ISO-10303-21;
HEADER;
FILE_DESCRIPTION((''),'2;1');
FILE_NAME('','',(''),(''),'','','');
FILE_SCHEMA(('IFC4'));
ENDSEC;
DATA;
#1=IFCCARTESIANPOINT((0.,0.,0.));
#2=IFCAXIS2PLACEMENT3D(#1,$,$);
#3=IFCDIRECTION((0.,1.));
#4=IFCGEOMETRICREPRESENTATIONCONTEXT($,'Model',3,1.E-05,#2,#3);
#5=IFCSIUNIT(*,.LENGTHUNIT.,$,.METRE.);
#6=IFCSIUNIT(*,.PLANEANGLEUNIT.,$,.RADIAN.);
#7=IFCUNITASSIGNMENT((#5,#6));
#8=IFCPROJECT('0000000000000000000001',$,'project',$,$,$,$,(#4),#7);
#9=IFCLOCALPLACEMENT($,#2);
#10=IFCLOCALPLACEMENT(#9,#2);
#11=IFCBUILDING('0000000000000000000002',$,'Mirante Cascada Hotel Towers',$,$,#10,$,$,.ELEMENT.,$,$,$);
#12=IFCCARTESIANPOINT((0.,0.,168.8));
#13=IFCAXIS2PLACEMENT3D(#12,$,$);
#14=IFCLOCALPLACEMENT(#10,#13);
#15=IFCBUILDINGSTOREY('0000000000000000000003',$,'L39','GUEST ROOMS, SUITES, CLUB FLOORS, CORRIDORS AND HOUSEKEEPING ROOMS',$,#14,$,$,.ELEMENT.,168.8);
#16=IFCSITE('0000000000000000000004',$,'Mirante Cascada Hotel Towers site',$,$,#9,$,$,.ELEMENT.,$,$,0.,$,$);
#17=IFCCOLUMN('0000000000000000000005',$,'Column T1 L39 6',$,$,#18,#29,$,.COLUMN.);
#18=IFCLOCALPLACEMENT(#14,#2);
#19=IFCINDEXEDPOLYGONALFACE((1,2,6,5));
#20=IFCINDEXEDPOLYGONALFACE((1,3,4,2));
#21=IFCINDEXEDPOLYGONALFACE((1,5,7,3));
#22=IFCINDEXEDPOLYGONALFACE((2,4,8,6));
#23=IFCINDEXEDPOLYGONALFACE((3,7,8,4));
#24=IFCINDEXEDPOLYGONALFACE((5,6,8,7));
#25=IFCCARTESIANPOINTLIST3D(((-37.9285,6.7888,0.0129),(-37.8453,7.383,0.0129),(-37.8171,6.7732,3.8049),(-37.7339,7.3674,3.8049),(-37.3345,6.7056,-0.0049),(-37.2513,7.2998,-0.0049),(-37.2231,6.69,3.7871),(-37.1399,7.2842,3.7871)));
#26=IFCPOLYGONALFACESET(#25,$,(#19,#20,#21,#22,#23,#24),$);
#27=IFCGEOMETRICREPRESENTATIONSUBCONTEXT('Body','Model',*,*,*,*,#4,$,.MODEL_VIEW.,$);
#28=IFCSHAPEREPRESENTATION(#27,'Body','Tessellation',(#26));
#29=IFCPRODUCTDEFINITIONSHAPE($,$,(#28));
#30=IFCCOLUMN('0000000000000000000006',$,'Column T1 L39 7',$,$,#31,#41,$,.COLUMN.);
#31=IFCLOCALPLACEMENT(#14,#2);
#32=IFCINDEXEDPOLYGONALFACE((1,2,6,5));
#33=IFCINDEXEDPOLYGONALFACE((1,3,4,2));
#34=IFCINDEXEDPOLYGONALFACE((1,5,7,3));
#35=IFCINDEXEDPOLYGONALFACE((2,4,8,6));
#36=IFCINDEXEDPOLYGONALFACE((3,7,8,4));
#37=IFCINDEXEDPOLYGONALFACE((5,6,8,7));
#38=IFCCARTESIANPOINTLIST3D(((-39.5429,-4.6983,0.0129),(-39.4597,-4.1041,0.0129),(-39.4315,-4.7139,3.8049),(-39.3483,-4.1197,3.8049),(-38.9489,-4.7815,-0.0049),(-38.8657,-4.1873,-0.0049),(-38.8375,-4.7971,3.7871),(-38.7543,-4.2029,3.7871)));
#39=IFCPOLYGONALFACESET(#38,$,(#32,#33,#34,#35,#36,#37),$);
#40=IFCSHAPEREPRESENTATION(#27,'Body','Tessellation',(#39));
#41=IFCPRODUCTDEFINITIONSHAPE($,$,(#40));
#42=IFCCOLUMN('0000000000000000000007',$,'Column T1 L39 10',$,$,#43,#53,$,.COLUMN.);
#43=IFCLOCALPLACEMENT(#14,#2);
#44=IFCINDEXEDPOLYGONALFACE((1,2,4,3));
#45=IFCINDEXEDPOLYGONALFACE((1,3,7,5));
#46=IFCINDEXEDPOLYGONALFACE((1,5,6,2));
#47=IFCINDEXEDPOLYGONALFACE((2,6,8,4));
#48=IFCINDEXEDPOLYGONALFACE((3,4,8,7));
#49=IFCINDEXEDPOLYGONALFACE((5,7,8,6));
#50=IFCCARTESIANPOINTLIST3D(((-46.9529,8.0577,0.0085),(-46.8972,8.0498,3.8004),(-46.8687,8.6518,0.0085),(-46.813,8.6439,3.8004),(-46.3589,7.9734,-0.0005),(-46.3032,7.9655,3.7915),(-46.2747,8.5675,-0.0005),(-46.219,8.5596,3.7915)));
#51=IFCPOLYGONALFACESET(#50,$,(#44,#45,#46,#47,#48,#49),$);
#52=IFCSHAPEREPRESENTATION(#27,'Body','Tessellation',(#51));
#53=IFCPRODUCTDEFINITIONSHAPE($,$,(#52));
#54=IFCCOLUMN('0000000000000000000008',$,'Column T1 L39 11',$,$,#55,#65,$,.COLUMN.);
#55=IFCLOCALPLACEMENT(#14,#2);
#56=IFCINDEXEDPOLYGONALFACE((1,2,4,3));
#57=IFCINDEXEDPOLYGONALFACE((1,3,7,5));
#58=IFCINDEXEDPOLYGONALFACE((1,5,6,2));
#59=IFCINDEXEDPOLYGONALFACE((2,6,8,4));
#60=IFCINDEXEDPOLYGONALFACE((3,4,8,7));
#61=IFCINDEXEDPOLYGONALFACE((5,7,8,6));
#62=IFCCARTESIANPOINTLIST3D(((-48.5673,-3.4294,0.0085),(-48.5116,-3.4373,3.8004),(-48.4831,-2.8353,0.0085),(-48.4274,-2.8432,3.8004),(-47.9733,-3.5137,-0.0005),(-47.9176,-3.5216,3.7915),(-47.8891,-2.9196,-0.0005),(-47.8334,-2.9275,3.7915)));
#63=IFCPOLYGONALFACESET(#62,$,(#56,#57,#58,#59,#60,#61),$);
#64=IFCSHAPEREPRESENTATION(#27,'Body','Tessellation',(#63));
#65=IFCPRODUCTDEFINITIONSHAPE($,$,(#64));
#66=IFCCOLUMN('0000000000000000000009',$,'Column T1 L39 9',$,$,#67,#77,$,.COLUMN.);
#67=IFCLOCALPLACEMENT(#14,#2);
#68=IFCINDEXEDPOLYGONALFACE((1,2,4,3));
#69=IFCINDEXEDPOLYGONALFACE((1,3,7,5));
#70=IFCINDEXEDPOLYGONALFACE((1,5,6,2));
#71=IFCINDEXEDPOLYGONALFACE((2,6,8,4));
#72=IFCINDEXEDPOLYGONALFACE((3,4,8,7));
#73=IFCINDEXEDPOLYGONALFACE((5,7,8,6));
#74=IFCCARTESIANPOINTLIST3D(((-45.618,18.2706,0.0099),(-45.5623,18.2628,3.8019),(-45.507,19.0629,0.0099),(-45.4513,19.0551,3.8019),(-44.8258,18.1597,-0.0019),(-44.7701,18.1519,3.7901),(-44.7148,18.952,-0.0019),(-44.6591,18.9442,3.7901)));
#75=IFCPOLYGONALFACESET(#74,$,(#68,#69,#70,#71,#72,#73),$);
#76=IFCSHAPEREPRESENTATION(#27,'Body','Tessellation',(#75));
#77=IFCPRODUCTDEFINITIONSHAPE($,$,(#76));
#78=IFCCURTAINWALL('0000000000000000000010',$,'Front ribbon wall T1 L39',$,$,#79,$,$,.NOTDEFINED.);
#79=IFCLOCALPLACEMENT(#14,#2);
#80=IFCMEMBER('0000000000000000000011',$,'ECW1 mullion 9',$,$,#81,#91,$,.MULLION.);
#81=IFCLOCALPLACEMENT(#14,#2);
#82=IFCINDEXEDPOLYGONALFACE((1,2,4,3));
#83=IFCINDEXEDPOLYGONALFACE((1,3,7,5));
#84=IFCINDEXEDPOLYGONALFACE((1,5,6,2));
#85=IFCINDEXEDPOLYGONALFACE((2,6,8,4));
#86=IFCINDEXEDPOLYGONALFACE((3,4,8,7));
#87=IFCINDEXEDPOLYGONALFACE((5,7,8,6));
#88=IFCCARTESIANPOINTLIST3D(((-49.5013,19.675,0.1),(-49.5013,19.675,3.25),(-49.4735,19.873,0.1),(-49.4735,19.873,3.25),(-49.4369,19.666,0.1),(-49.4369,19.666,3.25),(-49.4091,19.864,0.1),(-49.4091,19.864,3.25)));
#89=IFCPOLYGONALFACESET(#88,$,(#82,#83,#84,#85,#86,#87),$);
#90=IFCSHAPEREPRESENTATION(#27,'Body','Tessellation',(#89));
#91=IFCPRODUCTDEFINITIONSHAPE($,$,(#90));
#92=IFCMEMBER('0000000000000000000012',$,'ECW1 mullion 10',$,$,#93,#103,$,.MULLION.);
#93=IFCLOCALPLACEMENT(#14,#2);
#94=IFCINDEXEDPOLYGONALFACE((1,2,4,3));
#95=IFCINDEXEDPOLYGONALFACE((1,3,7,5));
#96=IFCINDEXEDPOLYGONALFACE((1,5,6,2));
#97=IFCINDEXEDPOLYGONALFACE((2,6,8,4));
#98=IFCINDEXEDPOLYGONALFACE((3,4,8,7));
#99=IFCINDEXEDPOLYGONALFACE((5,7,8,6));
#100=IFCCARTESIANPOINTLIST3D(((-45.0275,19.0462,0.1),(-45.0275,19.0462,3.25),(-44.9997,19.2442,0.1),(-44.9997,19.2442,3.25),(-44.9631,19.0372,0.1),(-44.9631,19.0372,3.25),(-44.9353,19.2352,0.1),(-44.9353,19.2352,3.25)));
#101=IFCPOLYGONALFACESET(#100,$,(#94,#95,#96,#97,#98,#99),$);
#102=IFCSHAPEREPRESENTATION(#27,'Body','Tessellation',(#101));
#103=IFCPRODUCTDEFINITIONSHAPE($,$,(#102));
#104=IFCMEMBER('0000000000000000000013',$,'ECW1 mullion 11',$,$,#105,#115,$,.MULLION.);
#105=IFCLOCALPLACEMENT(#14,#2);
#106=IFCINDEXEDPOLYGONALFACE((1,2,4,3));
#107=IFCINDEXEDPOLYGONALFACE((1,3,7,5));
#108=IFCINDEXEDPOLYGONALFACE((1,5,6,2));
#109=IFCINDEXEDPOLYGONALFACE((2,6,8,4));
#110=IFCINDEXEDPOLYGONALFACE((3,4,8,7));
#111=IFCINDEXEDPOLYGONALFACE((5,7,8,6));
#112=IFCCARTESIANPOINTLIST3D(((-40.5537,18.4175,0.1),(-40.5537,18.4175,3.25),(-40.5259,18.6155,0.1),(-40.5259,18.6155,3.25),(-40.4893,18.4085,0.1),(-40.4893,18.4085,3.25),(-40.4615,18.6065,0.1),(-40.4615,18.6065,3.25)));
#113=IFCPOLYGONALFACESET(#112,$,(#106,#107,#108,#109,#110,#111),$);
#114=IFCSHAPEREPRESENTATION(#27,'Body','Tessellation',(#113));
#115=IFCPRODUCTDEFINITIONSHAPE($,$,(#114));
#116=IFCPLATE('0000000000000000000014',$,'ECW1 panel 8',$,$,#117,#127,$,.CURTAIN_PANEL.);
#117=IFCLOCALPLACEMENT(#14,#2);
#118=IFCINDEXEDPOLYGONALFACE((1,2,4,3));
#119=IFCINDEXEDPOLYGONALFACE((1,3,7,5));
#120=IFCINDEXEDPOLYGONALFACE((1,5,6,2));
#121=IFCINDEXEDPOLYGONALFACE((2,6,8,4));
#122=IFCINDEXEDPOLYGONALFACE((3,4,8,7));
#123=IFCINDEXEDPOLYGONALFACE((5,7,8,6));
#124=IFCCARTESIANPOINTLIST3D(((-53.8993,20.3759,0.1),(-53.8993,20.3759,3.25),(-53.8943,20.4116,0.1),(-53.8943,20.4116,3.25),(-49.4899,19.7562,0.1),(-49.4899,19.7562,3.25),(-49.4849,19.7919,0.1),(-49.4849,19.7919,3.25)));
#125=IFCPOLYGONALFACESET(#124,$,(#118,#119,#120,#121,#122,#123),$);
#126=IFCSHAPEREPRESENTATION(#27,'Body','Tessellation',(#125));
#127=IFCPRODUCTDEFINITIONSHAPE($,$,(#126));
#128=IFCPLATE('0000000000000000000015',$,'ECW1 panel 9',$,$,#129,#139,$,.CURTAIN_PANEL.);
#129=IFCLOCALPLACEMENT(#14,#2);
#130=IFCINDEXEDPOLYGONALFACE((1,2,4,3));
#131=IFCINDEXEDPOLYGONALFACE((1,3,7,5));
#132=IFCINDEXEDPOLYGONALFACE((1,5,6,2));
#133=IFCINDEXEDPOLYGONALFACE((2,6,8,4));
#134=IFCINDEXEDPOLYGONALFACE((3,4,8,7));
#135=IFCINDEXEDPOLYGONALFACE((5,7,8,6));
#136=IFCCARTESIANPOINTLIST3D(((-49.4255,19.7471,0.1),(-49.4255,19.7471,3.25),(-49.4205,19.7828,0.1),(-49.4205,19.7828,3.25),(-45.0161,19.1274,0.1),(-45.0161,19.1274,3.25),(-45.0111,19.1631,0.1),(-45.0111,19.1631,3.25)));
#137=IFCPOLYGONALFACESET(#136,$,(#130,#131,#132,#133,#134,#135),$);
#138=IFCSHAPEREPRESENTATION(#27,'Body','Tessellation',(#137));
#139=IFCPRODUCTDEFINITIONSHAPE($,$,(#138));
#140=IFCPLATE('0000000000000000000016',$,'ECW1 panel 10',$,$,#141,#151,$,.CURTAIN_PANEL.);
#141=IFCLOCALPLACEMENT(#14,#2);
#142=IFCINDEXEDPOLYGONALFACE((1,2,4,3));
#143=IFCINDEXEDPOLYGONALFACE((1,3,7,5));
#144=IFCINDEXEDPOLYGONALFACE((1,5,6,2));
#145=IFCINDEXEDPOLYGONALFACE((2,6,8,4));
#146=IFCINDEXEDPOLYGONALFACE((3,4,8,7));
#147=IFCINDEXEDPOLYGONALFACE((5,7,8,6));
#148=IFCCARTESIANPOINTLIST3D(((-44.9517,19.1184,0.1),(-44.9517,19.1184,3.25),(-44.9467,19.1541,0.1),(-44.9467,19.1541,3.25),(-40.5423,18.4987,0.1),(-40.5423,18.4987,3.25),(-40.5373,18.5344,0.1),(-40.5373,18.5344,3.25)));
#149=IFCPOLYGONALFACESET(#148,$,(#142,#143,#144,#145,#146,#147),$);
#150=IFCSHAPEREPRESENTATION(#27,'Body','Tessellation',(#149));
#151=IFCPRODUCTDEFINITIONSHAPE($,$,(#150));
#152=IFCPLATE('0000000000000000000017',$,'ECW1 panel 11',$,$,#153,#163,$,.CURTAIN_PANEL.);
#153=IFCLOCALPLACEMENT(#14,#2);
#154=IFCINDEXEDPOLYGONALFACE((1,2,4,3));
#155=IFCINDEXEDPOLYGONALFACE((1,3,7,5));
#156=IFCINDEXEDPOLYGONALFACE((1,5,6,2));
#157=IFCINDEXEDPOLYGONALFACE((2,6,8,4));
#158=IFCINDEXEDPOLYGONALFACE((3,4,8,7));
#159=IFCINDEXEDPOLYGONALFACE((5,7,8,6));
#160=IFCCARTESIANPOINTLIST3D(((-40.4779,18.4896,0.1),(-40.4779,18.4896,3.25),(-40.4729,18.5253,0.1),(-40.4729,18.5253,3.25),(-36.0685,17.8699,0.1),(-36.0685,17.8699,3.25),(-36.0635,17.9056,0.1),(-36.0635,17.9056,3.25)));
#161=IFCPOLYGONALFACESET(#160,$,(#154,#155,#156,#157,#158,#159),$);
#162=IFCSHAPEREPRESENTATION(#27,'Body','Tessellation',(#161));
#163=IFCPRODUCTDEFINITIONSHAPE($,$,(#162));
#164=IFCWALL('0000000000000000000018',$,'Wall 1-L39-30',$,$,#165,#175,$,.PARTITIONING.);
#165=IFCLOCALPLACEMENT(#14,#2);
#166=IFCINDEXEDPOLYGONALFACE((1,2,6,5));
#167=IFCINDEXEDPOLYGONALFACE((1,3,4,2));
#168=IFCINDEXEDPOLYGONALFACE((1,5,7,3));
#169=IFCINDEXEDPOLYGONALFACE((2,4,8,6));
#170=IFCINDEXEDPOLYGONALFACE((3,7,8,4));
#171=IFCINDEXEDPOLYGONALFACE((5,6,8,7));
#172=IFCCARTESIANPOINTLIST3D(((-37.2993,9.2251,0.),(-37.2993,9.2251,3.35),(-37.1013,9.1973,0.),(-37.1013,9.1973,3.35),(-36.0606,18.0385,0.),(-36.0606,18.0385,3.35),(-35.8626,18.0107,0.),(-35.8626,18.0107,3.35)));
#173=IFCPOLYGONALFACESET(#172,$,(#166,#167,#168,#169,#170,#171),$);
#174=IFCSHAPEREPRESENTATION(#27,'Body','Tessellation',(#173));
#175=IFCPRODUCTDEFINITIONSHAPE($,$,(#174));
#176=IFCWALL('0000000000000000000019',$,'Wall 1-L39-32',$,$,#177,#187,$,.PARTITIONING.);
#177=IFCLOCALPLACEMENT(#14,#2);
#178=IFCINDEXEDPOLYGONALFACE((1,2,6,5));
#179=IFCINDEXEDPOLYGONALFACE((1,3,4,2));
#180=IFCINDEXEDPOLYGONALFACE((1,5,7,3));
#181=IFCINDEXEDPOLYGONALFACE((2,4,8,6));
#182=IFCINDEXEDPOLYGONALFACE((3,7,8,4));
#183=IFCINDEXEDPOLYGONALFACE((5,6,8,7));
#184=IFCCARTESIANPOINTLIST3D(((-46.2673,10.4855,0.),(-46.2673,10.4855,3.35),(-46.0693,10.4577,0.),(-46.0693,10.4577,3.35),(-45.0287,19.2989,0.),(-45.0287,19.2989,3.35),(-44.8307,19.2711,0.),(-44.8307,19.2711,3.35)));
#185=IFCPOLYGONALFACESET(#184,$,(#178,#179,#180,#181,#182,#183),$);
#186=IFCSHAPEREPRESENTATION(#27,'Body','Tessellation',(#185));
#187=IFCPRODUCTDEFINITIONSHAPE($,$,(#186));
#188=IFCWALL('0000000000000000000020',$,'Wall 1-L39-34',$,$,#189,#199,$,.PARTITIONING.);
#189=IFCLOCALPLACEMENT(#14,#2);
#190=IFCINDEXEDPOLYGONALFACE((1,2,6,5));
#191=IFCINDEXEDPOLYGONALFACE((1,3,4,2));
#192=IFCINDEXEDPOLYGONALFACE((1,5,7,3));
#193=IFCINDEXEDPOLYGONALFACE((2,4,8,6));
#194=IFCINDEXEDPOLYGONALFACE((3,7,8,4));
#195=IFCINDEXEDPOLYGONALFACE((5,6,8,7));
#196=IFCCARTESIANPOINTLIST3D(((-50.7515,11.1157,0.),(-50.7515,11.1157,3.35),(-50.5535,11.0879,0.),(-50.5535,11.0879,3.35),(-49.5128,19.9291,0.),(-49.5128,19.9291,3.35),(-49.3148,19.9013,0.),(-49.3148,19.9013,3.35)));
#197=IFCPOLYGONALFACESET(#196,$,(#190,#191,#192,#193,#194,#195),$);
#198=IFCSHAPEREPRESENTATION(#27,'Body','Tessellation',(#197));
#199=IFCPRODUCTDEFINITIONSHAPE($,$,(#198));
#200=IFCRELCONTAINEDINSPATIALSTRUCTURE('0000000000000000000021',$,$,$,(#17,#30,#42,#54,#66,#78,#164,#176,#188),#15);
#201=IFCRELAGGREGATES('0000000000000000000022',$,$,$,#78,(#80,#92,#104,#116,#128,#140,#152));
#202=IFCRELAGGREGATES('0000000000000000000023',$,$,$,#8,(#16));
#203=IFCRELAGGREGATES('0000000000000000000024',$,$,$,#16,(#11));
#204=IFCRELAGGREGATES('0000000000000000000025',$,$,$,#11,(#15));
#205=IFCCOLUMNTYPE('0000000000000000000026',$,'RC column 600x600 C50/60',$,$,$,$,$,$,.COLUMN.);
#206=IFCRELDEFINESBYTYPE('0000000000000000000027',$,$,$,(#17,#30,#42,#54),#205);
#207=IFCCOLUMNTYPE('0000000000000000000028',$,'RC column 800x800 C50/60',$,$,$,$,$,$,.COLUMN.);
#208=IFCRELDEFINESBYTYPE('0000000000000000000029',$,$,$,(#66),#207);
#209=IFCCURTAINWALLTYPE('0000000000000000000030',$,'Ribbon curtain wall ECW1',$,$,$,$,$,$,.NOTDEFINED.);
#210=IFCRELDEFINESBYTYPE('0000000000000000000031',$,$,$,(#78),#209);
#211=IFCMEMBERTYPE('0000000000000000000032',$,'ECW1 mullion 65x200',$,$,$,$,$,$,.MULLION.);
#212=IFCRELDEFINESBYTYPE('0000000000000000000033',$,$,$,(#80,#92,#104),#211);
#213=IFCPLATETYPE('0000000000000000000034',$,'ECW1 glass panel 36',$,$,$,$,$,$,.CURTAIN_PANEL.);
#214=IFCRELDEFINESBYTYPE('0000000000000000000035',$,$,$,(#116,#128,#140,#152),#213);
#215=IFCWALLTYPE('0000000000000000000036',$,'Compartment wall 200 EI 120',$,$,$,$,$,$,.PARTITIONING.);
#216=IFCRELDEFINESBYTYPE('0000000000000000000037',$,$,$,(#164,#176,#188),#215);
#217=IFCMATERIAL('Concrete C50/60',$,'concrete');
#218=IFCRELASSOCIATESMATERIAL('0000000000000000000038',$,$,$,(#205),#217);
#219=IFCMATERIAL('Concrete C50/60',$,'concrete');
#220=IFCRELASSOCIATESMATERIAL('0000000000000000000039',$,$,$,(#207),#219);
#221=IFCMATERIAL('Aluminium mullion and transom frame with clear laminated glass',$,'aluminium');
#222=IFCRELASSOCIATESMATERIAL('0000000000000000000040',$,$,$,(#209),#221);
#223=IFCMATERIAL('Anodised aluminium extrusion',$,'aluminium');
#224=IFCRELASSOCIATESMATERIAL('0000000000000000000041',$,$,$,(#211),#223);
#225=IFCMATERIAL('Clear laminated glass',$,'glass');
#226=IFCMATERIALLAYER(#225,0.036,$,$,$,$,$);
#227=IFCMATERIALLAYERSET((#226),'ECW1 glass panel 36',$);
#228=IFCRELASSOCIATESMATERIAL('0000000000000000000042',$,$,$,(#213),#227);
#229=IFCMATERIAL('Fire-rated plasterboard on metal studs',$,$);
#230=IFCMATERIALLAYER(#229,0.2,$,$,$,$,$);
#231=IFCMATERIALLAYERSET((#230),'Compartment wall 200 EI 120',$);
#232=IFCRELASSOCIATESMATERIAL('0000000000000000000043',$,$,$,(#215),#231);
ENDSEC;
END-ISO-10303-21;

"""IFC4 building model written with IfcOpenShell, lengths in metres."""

from ifc_helpers import new_model, si_unit, direction, frame, frame_2d, origin, origin_2d, place, context, subcontext, project, spatial, rectangle, extrude, material, layer, layer_set, material_profile, profile_set, type_object, element, aggregate, save


model = new_model("IFC4")

# Units and contexts
model_context = context("Model", 3, precision=1e-05, world=origin(), true_north=direction((0.0, 1.0)))
body_context = subcontext(model_context, "Body", "Model", "MODEL_VIEW")
ifc_project = project(units=[si_unit("LENGTHUNIT", "METRE"), si_unit("PLANEANGLEUNIT", "RADIAN")], contexts=[model_context])

# Site, building, storey
site_placement = place(None, origin())
site = spatial("IfcSite", under=ifc_project, at=site_placement, Name="Mirante Cascada Hotel Towers site", CompositionType="ELEMENT", RefElevation=0.0)
building_placement = place(site_placement, origin())
building = spatial("IfcBuilding", under=site, at=building_placement, Name="Mirante Cascada Hotel Towers", CompositionType="ELEMENT")
storey_placement = place(building_placement, frame((0.0, 0.0, 168.8)))
storey = spatial("IfcBuildingStorey", under=building, at=storey_placement, Name="L39", Description="GUEST ROOMS, SUITES, CLUB FLOORS, CORRIDORS AND HOUSEKEEPING ROOMS", CompositionType="ELEMENT", Elevation=168.8)

# Columns
ifc_material_1 = material(Name="Concrete C50/60", Category="concrete")
ifc_material_profile_1 = material_profile(ifc_material_1, rectangle(XDim=0.6, YDim=0.6, at=origin_2d()), Name="RC column 600x600 C50/60")
ifc_profile_set_1 = profile_set([ifc_material_profile_1], Name="Concrete C50/60")
column_type_1 = type_object("IfcColumnType", Name="RC column 600x600 C50/60", PredefinedType="COLUMN", material=ifc_profile_set_1)
for number, where, z_axis, x_axis, name in (
    (1, (-37.5899, 7.0443, 0.004), (0.029365, -0.004112, 0.99956), (0.138683, 0.990337, 0.0), "Column T1 L39 6"),
    (2, (-39.2043, -4.4428, 0.004), (0.029365, -0.004112, 0.99956), (0.138683, 0.990337, 0.0), "Column T1 L39 7"),
):
    element("IfcColumn", number, at=place(storey_placement, frame(where, z_axis=z_axis, x_axis=x_axis)), inside=storey, type_object=column_type_1, Name=name, PredefinedType="COLUMN", context=body_context, shape_type="SweptSolid", body=[
        extrude(rectangle(XDim=0.6, YDim=0.6, at=origin_2d()), origin(), (0.0, 0.0, 1.0), 3.7937),
    ])
for number, where, z_axis, x_axis, name in (
    (3, (-46.6138, 8.3126, 0.004), (0.014687, -0.002083, 0.99989), (0.140426, 0.990091, 0.0), "Column T1 L39 10"),
    (4, (-48.2282, -3.1745, 0.004), (0.014687, -0.002083, 0.99989), (0.140426, 0.990091, 0.0), "Column T1 L39 11"),
):
    element("IfcColumn", number, at=place(storey_placement, frame(where, z_axis=z_axis, x_axis=x_axis)), inside=storey, type_object=column_type_1, Name=name, PredefinedType="COLUMN", context=body_context, shape_type="SweptSolid", body=[
        extrude(rectangle(XDim=0.6, YDim=0.6, at=origin_2d()), origin(), (0.0, 0.0, 1.0), 3.7924),
    ])
ifc_material_2 = material(Name="Concrete C50/60", Category="concrete")
ifc_material_profile_2 = material_profile(ifc_material_2, rectangle(XDim=0.8, YDim=0.8, at=origin_2d()), Name="RC column 800x800 C50/60")
ifc_profile_set_2 = profile_set([ifc_material_profile_2], Name="Concrete C50/60")
column_type_2 = type_object("IfcColumnType", Name="RC column 800x800 C50/60", PredefinedType="COLUMN", material=ifc_profile_set_2)
column_placement = place(storey_placement, frame((-45.1664, 18.6113, 0.004), z_axis=(0.014687, -0.002057, 0.99989), x_axis=(0.138683, 0.990337, 0.0)))
element("IfcColumn", 5, at=column_placement, inside=storey, type_object=column_type_2, Name="Column T1 L39 9", PredefinedType="COLUMN", context=body_context, shape_type="SweptSolid", body=[
    extrude(rectangle(XDim=0.8, YDim=0.8, at=origin_2d()), origin(), (0.0, 0.0, 1.0), 3.7924),
])

# Curtain wall, members, plates
ifc_material_3 = material(Name="Aluminium mullion and transom frame with clear laminated glass", Category="aluminium")
curtain_wall_type = type_object("IfcCurtainWallType", Name="Ribbon curtain wall ECW1", PredefinedType="NOTDEFINED", material=ifc_material_3)
curtain_wall_placement = place(storey_placement, origin())
curtain_wall = element("IfcCurtainWall", 6, at=curtain_wall_placement, inside=storey, type_object=curtain_wall_type, Name="Front ribbon wall T1 L39", PredefinedType="NOTDEFINED")
ifc_material_4 = material(Name="Anodised aluminium extrusion", Category="aluminium")
ifc_material_profile_3 = material_profile(ifc_material_4, rectangle(XDim=0.2, YDim=0.065, at=origin_2d()), Name="ECW1 MULLION 65x200")
ifc_profile_set_3 = profile_set([ifc_material_profile_3], Name="Anodised aluminium extrusion")
member_type = type_object("IfcMemberType", Name="ECW1 mullion 65x200", PredefinedType="MULLION", material=ifc_profile_set_3)
member_1_placement = place(storey_placement, frame((-49.4552, 19.7695, 0.1), z_axis=(0.0, 0.0, 1.0), x_axis=(0.139173, 0.990268, 0.0)))
member_1 = element("IfcMember", 7, at=member_1_placement, type_object=member_type, Name="ECW1 mullion 9", PredefinedType="MULLION", context=body_context, shape_type="SweptSolid", body=[
    extrude(rectangle(XDim=0.2, YDim=0.065, at=origin_2d()), origin(), (0.0, 0.0, 1.0), 3.15),
])
member_2_placement = place(storey_placement, frame((-44.9814, 19.1407, 0.1), z_axis=(0.0, 0.0, 1.0), x_axis=(0.139173, 0.990268, 0.0)))
member_2 = element("IfcMember", 8, at=member_2_placement, type_object=member_type, Name="ECW1 mullion 10", PredefinedType="MULLION", context=body_context, shape_type="SweptSolid", body=[
    extrude(rectangle(XDim=0.2, YDim=0.065, at=origin_2d()), origin(), (0.0, 0.0, 1.0), 3.15),
])
member_3_placement = place(storey_placement, frame((-40.5076, 18.512, 0.1), z_axis=(0.0, 0.0, 1.0), x_axis=(0.139173, 0.990268, 0.0)))
member_3 = element("IfcMember", 9, at=member_3_placement, type_object=member_type, Name="ECW1 mullion 11", PredefinedType="MULLION", context=body_context, shape_type="SweptSolid", body=[
    extrude(rectangle(XDim=0.2, YDim=0.065, at=origin_2d()), origin(), (0.0, 0.0, 1.0), 3.15),
])
ifc_material_5 = material(Name="Clear laminated glass", Category="glass")
ifc_layer_1 = layer(ifc_material_5, 0.036)
ifc_layer_set_1 = layer_set([ifc_layer_1], Name="ECW1 glass panel 36")
plate_type = type_object("IfcPlateType", Name="ECW1 glass panel 36", PredefinedType="CURTAIN_PANEL", material=ifc_layer_set_1)
plate_1_placement = place(storey_placement, frame((-51.6921, 20.0839, 0.1), z_axis=(0.0, 0.0, 1.0), x_axis=(0.990268, -0.139173, 0.0)))
plate_1 = element("IfcPlate", 10, at=plate_1_placement, type_object=plate_type, Name="ECW1 panel 8", PredefinedType="CURTAIN_PANEL", context=body_context, shape_type="SweptSolid", body=[
    extrude(rectangle(XDim=4.4528, YDim=0.036, at=origin_2d()), origin(), (0.0, 0.0, 1.0), 3.15),
])
plate_2_placement = place(storey_placement, frame((-47.2183, 19.4551, 0.1), z_axis=(0.0, 0.0, 1.0), x_axis=(0.990268, -0.139173, 0.0)))
plate_2 = element("IfcPlate", 11, at=plate_2_placement, type_object=plate_type, Name="ECW1 panel 9", PredefinedType="CURTAIN_PANEL", context=body_context, shape_type="SweptSolid", body=[
    extrude(rectangle(XDim=4.4528, YDim=0.036, at=origin_2d()), origin(), (0.0, 0.0, 1.0), 3.15),
])
plate_3_placement = place(storey_placement, frame((-42.7445, 18.8264, 0.1), z_axis=(0.0, 0.0, 1.0), x_axis=(0.990268, -0.139173, 0.0)))
plate_3 = element("IfcPlate", 12, at=plate_3_placement, type_object=plate_type, Name="ECW1 panel 10", PredefinedType="CURTAIN_PANEL", context=body_context, shape_type="SweptSolid", body=[
    extrude(rectangle(XDim=4.4528, YDim=0.036, at=origin_2d()), origin(), (0.0, 0.0, 1.0), 3.15),
])
plate_4_placement = place(storey_placement, frame((-38.2707, 18.1976, 0.1), z_axis=(0.0, 0.0, 1.0), x_axis=(0.990268, -0.139173, 0.0)))
plate_4 = element("IfcPlate", 13, at=plate_4_placement, type_object=plate_type, Name="ECW1 panel 11", PredefinedType="CURTAIN_PANEL", context=body_context, shape_type="SweptSolid", body=[
    extrude(rectangle(XDim=4.4528, YDim=0.036, at=origin_2d()), origin(), (0.0, 0.0, 1.0), 3.15),
])
aggregate(curtain_wall, [member_1, member_2, member_3, plate_1, plate_2, plate_3, plate_4])

# Walls
ifc_material_6 = material(Name="Fire-rated plasterboard on metal studs")
ifc_layer_2 = layer(ifc_material_6, 0.2)
ifc_layer_set_2 = layer_set([ifc_layer_2], Name="Compartment wall 200 EI 120")
wall_type_1 = type_object("IfcWallType", Name="Compartment wall 200 EI 120", PredefinedType="PARTITIONING", material=ifc_layer_set_2)
for number, where, z_axis, x_axis, name in (
    (14, (-37.2003, 9.2112, 0.0), (0.0, 0.0, 1.0), (0.139179, 0.990267, 0.0), "Wall 1-L39-30"),
    (15, (-46.1683, 10.4716, 0.0), (0.0, 0.0, 1.0), (0.139168, 0.990269, 0.0), "Wall 1-L39-32"),
    (16, (-50.6525, 11.1018, 0.0), (0.0, 0.0, 1.0), (0.139179, 0.990267, 0.0), "Wall 1-L39-34"),
):
    element("IfcWall", number, at=place(storey_placement, frame(where, z_axis=z_axis, x_axis=x_axis)), inside=storey, type_object=wall_type_1, Name=name, PredefinedType="PARTITIONING", context=body_context, shape_type="SweptSolid", body=[
        extrude(rectangle(XDim=8.9, YDim=0.2, at=frame_2d((4.45, 0.0))), origin(), (0.0, 0.0, 1.0), 3.35),
    ])

save(model, "model.ifc")
